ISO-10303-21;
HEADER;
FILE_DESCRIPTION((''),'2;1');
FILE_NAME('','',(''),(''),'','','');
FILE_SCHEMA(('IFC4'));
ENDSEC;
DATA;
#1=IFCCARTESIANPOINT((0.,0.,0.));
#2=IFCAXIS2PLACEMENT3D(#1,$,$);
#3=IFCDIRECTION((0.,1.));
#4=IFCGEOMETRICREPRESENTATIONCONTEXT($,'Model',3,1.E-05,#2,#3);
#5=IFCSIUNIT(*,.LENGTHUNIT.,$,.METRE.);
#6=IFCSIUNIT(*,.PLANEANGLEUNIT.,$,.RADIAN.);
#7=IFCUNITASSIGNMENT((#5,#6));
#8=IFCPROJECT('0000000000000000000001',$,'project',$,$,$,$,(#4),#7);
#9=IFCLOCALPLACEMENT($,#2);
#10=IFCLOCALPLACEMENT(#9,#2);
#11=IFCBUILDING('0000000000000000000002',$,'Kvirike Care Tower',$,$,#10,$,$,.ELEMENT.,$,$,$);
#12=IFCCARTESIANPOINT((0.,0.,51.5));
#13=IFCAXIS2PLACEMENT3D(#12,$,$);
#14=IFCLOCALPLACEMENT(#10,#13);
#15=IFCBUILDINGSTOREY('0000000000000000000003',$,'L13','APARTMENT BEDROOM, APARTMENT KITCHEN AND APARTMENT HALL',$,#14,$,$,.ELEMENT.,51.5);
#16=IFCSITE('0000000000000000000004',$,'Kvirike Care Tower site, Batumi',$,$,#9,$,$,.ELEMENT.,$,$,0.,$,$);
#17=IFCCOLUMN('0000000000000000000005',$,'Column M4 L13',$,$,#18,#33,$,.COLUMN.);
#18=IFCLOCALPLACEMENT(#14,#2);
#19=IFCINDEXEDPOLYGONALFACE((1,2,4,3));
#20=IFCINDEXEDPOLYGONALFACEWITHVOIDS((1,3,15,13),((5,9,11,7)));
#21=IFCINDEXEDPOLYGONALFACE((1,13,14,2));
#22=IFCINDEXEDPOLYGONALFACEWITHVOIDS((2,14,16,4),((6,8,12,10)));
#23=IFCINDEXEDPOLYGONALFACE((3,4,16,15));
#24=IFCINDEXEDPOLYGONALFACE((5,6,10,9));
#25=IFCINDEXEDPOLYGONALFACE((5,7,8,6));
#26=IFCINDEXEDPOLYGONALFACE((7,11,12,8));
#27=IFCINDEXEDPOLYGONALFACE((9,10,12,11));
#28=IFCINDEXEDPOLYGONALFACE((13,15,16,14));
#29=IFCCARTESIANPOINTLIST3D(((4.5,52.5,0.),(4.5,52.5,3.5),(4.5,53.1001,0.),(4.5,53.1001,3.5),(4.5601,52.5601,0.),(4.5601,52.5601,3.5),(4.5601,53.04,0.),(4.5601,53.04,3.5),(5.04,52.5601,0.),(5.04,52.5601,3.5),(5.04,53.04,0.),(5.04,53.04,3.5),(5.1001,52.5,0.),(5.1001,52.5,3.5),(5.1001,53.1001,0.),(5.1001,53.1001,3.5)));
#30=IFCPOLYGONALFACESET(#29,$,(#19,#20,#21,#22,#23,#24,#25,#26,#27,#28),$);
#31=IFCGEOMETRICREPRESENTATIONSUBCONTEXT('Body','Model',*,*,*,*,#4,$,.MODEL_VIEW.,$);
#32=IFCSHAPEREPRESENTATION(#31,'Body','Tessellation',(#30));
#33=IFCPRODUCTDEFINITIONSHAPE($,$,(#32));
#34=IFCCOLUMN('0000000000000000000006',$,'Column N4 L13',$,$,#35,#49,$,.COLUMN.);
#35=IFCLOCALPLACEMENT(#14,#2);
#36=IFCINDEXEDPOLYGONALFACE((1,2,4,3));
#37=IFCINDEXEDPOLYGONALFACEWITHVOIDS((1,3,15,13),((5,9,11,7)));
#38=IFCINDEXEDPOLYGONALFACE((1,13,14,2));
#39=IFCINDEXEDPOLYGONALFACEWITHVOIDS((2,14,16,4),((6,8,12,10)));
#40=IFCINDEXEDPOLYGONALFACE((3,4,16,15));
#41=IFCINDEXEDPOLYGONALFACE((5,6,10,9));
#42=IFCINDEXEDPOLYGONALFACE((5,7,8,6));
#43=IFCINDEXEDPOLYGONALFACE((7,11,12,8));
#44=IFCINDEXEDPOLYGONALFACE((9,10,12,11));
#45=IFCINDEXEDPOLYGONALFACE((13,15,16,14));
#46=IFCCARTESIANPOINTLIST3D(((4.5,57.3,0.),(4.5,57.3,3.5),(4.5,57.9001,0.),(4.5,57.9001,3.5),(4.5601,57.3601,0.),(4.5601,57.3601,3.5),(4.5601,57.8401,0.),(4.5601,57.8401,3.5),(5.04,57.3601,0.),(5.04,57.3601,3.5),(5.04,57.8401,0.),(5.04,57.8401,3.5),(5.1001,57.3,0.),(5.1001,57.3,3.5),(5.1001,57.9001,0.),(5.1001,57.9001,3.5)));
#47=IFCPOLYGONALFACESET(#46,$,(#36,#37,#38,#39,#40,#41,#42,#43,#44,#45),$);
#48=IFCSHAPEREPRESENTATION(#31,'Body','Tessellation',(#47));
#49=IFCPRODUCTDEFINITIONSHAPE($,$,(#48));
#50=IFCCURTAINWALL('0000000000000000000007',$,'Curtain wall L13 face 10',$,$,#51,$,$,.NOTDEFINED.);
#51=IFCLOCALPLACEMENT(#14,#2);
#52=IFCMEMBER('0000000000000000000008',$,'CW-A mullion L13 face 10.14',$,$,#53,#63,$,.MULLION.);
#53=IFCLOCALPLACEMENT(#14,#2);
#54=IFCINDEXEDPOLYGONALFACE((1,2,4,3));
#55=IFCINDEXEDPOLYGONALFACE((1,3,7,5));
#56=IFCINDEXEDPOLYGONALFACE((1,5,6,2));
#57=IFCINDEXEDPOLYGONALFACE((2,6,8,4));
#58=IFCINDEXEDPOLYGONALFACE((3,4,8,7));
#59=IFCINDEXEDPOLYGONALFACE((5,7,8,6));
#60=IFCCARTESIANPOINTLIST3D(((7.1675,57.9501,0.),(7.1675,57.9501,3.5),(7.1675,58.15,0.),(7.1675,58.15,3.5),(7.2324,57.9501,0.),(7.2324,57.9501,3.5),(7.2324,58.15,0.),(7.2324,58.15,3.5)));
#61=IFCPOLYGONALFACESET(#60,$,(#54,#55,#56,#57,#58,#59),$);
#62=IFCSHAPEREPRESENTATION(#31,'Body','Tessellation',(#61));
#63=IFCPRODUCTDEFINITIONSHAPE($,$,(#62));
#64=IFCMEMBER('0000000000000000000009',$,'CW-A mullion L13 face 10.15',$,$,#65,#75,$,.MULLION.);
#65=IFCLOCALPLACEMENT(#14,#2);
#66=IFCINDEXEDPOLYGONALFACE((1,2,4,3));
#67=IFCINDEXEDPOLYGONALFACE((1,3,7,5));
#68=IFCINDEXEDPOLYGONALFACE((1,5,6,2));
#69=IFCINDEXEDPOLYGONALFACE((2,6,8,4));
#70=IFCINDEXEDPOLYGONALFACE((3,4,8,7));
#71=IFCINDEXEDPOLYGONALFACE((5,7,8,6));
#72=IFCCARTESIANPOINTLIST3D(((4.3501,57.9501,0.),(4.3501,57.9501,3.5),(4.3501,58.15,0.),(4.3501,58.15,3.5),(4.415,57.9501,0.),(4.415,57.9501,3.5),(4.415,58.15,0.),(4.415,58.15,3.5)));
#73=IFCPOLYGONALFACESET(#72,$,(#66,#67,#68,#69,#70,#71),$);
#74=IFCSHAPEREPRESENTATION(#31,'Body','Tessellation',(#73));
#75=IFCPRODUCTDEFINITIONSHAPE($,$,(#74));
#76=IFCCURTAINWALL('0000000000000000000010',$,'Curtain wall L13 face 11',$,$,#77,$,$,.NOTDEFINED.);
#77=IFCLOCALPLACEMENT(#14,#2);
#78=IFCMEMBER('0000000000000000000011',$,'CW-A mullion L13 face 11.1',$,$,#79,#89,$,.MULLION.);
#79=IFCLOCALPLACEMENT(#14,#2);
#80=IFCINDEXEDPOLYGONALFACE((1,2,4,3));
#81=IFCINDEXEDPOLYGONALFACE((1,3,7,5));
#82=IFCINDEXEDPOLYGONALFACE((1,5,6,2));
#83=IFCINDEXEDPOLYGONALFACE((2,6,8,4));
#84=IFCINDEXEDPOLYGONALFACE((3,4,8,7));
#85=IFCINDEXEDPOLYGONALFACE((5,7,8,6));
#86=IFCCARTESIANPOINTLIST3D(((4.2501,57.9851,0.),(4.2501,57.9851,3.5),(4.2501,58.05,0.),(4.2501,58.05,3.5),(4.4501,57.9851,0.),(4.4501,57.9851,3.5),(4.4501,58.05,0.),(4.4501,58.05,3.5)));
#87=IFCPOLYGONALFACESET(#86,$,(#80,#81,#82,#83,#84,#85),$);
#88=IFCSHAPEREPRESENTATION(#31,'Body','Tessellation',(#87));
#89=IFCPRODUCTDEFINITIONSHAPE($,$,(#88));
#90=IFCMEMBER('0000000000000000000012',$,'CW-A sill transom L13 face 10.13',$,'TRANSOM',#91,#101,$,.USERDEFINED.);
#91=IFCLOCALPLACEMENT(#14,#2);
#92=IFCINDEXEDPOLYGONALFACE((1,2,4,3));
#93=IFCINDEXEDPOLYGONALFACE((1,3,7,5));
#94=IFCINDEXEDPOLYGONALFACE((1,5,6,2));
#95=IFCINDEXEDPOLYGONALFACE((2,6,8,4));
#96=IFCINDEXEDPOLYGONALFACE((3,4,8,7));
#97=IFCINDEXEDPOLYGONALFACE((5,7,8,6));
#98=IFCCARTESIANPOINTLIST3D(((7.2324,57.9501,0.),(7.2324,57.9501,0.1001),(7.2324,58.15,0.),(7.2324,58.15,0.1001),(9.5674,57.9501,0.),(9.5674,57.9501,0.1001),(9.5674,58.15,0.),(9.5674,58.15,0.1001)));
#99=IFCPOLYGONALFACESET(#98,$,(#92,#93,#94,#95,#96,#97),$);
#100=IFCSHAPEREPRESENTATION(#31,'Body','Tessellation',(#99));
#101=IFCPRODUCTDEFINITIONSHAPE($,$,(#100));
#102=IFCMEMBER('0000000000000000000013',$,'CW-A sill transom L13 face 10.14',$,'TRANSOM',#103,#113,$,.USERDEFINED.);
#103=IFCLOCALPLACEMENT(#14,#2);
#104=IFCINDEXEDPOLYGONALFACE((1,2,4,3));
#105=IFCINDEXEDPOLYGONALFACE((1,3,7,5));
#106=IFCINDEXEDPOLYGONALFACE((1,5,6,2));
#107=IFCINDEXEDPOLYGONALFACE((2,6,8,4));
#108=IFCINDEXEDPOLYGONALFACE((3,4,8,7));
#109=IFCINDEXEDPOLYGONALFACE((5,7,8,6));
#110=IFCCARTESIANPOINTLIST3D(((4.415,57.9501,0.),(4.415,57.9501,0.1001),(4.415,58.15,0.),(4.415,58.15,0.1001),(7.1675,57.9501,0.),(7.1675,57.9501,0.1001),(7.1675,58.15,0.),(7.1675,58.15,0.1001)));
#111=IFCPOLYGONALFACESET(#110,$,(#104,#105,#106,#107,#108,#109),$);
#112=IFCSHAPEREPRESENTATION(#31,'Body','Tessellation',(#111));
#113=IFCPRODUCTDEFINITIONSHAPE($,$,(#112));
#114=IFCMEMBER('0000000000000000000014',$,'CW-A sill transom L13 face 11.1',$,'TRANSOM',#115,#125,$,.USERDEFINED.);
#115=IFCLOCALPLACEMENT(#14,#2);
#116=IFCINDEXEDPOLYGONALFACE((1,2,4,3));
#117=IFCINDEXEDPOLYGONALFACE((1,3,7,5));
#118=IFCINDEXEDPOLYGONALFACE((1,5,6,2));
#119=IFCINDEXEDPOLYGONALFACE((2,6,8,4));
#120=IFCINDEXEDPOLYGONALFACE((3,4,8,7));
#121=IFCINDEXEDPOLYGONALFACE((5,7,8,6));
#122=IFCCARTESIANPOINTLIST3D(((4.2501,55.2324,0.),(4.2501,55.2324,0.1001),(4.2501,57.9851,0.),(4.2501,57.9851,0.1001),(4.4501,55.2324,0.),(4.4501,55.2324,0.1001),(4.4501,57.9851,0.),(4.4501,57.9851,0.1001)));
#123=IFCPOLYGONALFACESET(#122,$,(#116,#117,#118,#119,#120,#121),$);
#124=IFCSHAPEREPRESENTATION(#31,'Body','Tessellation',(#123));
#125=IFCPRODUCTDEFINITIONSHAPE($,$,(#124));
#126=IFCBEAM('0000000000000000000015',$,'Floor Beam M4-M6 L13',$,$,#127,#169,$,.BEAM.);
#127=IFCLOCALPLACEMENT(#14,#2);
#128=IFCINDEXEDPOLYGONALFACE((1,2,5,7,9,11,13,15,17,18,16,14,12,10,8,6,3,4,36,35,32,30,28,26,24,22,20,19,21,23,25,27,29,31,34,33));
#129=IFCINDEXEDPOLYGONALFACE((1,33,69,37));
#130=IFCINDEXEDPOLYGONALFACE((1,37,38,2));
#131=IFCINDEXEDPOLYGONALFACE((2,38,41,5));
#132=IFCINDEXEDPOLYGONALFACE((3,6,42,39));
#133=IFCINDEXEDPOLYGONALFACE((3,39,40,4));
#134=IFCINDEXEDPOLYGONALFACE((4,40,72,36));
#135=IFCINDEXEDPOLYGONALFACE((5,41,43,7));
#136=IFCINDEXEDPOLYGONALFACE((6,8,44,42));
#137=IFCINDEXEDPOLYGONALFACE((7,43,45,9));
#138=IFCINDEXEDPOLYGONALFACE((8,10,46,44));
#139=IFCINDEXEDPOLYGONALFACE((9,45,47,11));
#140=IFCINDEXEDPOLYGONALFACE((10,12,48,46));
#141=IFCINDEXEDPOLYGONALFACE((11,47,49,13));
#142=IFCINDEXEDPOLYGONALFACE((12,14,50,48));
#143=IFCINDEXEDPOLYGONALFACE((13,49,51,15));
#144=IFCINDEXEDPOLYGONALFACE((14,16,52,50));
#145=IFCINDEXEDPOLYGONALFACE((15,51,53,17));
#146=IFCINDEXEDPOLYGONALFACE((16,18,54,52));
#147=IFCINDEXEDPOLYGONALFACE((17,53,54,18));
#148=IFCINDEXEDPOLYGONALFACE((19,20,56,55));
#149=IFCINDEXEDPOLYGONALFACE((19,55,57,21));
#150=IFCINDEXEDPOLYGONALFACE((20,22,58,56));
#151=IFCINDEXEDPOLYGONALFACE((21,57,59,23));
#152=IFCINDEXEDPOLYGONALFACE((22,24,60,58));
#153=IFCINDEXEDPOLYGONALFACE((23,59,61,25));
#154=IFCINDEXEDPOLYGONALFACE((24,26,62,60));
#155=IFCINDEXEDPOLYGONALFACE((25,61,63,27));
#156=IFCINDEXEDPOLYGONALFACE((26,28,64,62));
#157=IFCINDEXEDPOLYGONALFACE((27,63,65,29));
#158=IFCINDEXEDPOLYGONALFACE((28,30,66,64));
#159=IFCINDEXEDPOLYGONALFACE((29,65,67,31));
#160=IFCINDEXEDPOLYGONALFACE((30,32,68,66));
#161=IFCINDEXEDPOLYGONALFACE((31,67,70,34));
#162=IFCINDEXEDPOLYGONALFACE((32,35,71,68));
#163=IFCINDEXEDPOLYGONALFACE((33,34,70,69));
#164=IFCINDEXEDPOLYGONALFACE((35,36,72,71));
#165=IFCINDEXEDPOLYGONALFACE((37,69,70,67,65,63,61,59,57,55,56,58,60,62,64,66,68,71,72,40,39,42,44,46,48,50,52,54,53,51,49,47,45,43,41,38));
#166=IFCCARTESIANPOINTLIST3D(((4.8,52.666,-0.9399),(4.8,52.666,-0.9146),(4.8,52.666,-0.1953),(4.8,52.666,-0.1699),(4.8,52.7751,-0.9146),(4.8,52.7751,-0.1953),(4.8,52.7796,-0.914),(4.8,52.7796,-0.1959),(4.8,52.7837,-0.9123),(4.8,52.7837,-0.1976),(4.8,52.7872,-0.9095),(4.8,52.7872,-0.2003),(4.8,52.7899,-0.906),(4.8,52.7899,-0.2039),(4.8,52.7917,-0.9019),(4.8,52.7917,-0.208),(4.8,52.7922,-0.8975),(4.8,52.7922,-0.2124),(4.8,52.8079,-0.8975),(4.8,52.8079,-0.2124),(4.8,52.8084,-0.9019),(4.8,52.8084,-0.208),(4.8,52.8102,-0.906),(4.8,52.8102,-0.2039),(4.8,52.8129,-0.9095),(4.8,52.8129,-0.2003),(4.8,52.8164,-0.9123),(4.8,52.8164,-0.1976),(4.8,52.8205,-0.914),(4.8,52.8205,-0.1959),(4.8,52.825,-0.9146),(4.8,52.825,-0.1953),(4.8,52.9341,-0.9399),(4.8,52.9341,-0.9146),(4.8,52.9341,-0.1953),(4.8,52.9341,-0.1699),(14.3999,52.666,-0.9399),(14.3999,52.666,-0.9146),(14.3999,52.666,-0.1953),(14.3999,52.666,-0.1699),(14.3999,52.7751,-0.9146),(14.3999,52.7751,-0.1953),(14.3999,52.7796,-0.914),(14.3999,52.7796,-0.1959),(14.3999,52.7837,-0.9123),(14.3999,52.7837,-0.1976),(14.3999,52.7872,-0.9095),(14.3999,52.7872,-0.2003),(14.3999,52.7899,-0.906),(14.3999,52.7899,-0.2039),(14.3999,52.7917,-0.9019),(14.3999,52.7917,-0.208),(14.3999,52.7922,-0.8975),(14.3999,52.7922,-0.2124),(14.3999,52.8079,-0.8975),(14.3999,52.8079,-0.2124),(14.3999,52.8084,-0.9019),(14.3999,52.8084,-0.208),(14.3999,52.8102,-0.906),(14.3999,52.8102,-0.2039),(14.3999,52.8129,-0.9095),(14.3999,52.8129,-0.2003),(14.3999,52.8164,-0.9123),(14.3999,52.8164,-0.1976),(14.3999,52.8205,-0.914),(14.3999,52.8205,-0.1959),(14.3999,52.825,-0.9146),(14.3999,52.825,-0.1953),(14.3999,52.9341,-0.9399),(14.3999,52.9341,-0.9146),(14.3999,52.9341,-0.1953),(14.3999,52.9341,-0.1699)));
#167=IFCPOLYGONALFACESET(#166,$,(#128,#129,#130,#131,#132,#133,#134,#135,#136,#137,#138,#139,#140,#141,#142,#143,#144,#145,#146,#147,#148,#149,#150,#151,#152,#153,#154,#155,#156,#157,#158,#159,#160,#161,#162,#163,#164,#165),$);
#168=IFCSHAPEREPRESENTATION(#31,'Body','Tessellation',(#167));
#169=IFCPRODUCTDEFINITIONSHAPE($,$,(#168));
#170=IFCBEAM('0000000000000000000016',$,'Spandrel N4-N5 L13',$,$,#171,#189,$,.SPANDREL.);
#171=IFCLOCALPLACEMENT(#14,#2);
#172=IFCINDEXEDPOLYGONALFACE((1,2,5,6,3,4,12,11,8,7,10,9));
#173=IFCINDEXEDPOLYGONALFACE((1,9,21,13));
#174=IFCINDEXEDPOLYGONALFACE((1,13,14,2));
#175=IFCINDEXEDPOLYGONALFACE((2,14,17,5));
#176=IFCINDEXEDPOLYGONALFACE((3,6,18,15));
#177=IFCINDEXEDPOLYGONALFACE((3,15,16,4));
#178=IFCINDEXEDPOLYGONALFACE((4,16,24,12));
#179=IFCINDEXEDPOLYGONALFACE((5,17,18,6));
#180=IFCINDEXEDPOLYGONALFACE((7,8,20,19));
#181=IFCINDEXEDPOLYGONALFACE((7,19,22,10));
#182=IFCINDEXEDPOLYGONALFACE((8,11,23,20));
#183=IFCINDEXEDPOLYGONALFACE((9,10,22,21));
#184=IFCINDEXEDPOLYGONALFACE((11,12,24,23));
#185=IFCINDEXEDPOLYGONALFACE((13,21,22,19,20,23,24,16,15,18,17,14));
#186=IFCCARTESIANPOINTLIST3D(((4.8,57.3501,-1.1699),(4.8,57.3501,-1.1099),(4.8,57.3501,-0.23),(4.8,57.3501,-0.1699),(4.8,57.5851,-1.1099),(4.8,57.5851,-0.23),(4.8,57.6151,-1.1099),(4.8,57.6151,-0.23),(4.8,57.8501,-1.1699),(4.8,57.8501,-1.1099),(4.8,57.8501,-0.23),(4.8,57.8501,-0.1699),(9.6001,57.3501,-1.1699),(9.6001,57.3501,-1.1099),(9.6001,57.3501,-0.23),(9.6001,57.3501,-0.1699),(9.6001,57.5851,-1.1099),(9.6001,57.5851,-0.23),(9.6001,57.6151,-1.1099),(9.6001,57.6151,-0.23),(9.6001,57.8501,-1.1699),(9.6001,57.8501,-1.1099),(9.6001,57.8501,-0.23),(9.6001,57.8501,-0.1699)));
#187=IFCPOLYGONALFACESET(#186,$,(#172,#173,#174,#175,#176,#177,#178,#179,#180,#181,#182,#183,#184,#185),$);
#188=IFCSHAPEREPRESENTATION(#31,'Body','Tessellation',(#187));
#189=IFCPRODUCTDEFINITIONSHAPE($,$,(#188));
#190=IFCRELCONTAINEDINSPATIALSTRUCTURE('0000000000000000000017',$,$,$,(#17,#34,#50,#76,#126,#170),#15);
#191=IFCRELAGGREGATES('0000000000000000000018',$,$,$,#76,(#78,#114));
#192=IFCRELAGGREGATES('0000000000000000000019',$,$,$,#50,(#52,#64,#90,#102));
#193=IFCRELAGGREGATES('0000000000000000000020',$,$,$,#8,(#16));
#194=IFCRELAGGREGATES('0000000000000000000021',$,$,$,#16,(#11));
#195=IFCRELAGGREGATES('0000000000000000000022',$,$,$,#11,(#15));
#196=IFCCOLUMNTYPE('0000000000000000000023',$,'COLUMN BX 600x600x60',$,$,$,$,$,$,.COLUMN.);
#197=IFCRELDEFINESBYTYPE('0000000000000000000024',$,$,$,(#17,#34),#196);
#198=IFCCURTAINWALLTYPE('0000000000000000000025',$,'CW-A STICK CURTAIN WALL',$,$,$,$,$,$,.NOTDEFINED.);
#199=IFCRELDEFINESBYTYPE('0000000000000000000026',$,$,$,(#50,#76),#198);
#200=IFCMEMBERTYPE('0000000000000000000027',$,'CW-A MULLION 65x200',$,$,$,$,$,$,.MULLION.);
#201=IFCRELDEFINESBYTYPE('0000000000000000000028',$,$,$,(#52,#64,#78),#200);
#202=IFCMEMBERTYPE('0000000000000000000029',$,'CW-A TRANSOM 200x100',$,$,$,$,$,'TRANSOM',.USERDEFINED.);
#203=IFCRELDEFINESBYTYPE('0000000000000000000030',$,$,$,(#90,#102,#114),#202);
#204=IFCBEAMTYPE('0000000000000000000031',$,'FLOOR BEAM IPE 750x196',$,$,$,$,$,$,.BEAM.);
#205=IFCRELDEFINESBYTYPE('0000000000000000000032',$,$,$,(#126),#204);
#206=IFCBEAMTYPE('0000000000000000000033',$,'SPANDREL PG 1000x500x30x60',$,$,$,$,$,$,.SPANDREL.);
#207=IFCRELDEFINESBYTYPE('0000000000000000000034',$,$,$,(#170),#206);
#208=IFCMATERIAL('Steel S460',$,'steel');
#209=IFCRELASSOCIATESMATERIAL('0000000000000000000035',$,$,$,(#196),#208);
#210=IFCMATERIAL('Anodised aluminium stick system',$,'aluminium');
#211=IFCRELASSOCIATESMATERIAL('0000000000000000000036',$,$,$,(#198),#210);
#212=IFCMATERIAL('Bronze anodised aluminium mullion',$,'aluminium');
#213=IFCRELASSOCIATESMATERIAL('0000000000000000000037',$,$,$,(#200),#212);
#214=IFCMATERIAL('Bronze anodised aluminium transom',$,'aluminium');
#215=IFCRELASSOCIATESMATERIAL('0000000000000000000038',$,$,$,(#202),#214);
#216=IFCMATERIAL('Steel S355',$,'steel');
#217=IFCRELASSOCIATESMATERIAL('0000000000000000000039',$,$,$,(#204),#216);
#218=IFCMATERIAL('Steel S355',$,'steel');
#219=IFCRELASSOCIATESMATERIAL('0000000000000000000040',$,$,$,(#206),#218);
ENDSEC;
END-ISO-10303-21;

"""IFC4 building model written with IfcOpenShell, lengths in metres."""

from ifc_helpers import new_model, si_unit, direction, frame, origin, origin_2d, place, context, subcontext, project, spatial, rectangle, hollow_rectangle, i_section, extrude, material, material_profile, profile_set, type_object, element, aggregate, save


model = new_model("IFC4")

# Units and contexts
model_context = context("Model", 3, precision=1e-05, world=origin(), true_north=direction((0.0, 1.0)))
body_context = subcontext(model_context, "Body", "Model", "MODEL_VIEW")
ifc_project = project(units=[si_unit("LENGTHUNIT", "METRE"), si_unit("PLANEANGLEUNIT", "RADIAN")], contexts=[model_context])

# Site, building, storey
site_placement = place(None, origin())
site = spatial("IfcSite", under=ifc_project, at=site_placement, Name="Kvirike Care Tower site, Batumi", CompositionType="ELEMENT", RefElevation=0.0)
building_placement = place(site_placement, origin())
building = spatial("IfcBuilding", under=site, at=building_placement, Name="Kvirike Care Tower", CompositionType="ELEMENT")
storey_placement = place(building_placement, frame((0.0, 0.0, 51.5)))
storey = spatial("IfcBuildingStorey", under=building, at=storey_placement, Name="L13", Description="APARTMENT BEDROOM, APARTMENT KITCHEN AND APARTMENT HALL", CompositionType="ELEMENT", Elevation=51.5)

# Columns
ifc_material_1 = material(Name="Steel S460", Category="steel")
ifc_material_profile_1 = material_profile(ifc_material_1, hollow_rectangle(XDim=0.6001, YDim=0.6001, WallThickness=0.0601, at=origin_2d()), Name="BX 600x600x60")
ifc_profile_set_1 = profile_set([ifc_material_profile_1], Name="Steel S460")
column_type = type_object("IfcColumnType", Name="COLUMN BX 600x600x60", PredefinedType="COLUMN", material=ifc_profile_set_1)
for number, where, z_axis, x_axis, name in (
    (1, (4.8, 52.8, 0.0), (0.0, 0.0, 1.0), (0.0, 1.0, 0.0), "Column M4 L13"),
    (2, (4.8, 57.6001, 0.0), (0.0, 0.0, 1.0), (0.0, 1.0, 0.0), "Column N4 L13"),
):
    element("IfcColumn", number, at=place(storey_placement, frame(where, z_axis=z_axis, x_axis=x_axis)), inside=storey, type_object=column_type, Name=name, PredefinedType="COLUMN", context=body_context, shape_type="SweptSolid", body=[
        extrude(hollow_rectangle(XDim=0.6001, YDim=0.6001, WallThickness=0.0601, at=origin_2d()), origin(), (0.0, 0.0, 1.0), 3.5),
    ])

# Curtain wall, members
ifc_material_2 = material(Name="Anodised aluminium stick system", Category="aluminium")
curtain_wall_type = type_object("IfcCurtainWallType", Name="CW-A STICK CURTAIN WALL", PredefinedType="NOTDEFINED", material=ifc_material_2)
curtain_wall_1_placement = place(storey_placement, origin())
curtain_wall_1 = element("IfcCurtainWall", 3, at=curtain_wall_1_placement, inside=storey, type_object=curtain_wall_type, Name="Curtain wall L13 face 10", PredefinedType="NOTDEFINED")
ifc_material_3 = material(Name="Bronze anodised aluminium mullion", Category="aluminium")
ifc_material_profile_2 = material_profile(ifc_material_3, rectangle(XDim=0.0649, YDim=0.2, at=origin_2d()), Name="CW-A MULLION 65x200")
ifc_profile_set_2 = profile_set([ifc_material_profile_2], Name="Bronze anodised aluminium mullion")
member_type_1 = type_object("IfcMemberType", Name="CW-A MULLION 65x200", PredefinedType="MULLION", material=ifc_profile_set_2)
member_1_placement = place(storey_placement, frame((7.2, 58.05, 0.0), z_axis=(0.0, 0.0, 1.0), x_axis=(-1.0, 0.0, 0.0)))
member_1 = element("IfcMember", 4, at=member_1_placement, type_object=member_type_1, Name="CW-A mullion L13 face 10.14", PredefinedType="MULLION", context=body_context, shape_type="SweptSolid", body=[
    extrude(rectangle(XDim=0.0649, YDim=0.2, at=origin_2d()), origin(), (0.0, 0.0, 1.0), 3.5),
])
member_2_placement = place(storey_placement, frame((4.3826, 58.05, 0.0), z_axis=(0.0, 0.0, 1.0), x_axis=(-1.0, 0.0, 0.0)))
member_2 = element("IfcMember", 5, at=member_2_placement, type_object=member_type_1, Name="CW-A mullion L13 face 10.15", PredefinedType="MULLION", context=body_context, shape_type="SweptSolid", body=[
    extrude(rectangle(XDim=0.0649, YDim=0.2, at=origin_2d()), origin(), (0.0, 0.0, 1.0), 3.5),
])

# Curtain wall, member
curtain_wall_2_placement = place(storey_placement, origin())
curtain_wall_2 = element("IfcCurtainWall", 6, at=curtain_wall_2_placement, inside=storey, type_object=curtain_wall_type, Name="Curtain wall L13 face 11", PredefinedType="NOTDEFINED")
member_3_placement = place(storey_placement, frame((4.3501, 58.0176, 0.0), z_axis=(0.0, 0.0, 1.0), x_axis=(0.0, -1.0, 0.0)))
member_3 = element("IfcMember", 7, at=member_3_placement, type_object=member_type_1, Name="CW-A mullion L13 face 11.1", PredefinedType="MULLION", context=body_context, shape_type="SweptSolid", body=[
    extrude(rectangle(XDim=0.0649, YDim=0.2, at=origin_2d()), origin(), (0.0, 0.0, 1.0), 3.5),
])

# Members
ifc_material_4 = material(Name="Bronze anodised aluminium transom", Category="aluminium")
ifc_material_profile_3 = material_profile(ifc_material_4, rectangle(XDim=0.2, YDim=0.1001, at=origin_2d()), Name="CW-A TRANSOM 200x100")
ifc_profile_set_3 = profile_set([ifc_material_profile_3], Name="Bronze anodised aluminium transom")
member_type_2 = type_object("IfcMemberType", Name="CW-A TRANSOM 200x100", ElementType="TRANSOM", PredefinedType="USERDEFINED", material=ifc_profile_set_3)
member_4_placement = place(storey_placement, frame((9.5674, 58.05, 0.05), z_axis=(-1.0, 0.0, 0.0), x_axis=(0.0, -1.0, 0.0)))
member_4 = element("IfcMember", 8, at=member_4_placement, type_object=member_type_2, Name="CW-A sill transom L13 face 10.13", ObjectType="TRANSOM", PredefinedType="USERDEFINED", context=body_context, shape_type="SweptSolid", body=[
    extrude(rectangle(XDim=0.2, YDim=0.1001, at=origin_2d()), origin(), (0.0, 0.0, 1.0), 2.335),
])
member_5_placement = place(storey_placement, frame((7.1675, 58.05, 0.05), z_axis=(-1.0, 0.0, 0.0), x_axis=(0.0, -1.0, 0.0)))
member_5 = element("IfcMember", 9, at=member_5_placement, type_object=member_type_2, Name="CW-A sill transom L13 face 10.14", ObjectType="TRANSOM", PredefinedType="USERDEFINED", context=body_context, shape_type="SweptSolid", body=[
    extrude(rectangle(XDim=0.2, YDim=0.1001, at=origin_2d()), origin(), (0.0, 0.0, 1.0), 2.7524),
])
member_6_placement = place(storey_placement, frame((4.3501, 57.9851, 0.05), z_axis=(0.0, -1.0, 0.0), x_axis=(1.0, 0.0, 0.0)))
member_6 = element("IfcMember", 10, at=member_6_placement, type_object=member_type_2, Name="CW-A sill transom L13 face 11.1", ObjectType="TRANSOM", PredefinedType="USERDEFINED", context=body_context, shape_type="SweptSolid", body=[
    extrude(rectangle(XDim=0.2, YDim=0.1001, at=origin_2d()), origin(), (0.0, 0.0, 1.0), 2.7527),
])
aggregate(curtain_wall_2, [member_3, member_6])

# Beams
ifc_material_5 = material(Name="Steel S355", Category="steel")
ifc_material_profile_4 = material_profile(ifc_material_5, i_section(OverallWidth=0.2681, OverallDepth=0.77, WebThickness=0.0156, FlangeThickness=0.0254, FilletRadius=0.0171, at=origin_2d()), Name="IPE 750x196")
ifc_profile_set_4 = profile_set([ifc_material_profile_4], Name="Steel S355")
beam_type_1 = type_object("IfcBeamType", Name="FLOOR BEAM IPE 750x196", PredefinedType="BEAM", material=ifc_profile_set_4)
beam_placement = place(storey_placement, frame((4.8, 52.8, -0.5549), z_axis=(1.0, 0.0, 0.0), x_axis=(0.0, 1.0, 0.0)))
element("IfcBeam", 11, at=beam_placement, inside=storey, type_object=beam_type_1, Name="Floor Beam M4-M6 L13", PredefinedType="BEAM", context=body_context, shape_type="SweptSolid", body=[
    extrude(i_section(OverallWidth=0.2681, OverallDepth=0.77, WebThickness=0.0156, FlangeThickness=0.0254, FilletRadius=0.0171, at=origin_2d()), origin(), (0.0, 0.0, 1.0), 9.5999),
])
ifc_material_6 = material(Name="Steel S355", Category="steel")
ifc_material_profile_5 = material_profile(ifc_material_6, i_section(OverallWidth=0.5, OverallDepth=1.0, WebThickness=0.03, FlangeThickness=0.0601, at=origin_2d()), Name="PG 1000x500x30x60")
ifc_profile_set_5 = profile_set([ifc_material_profile_5], Name="Steel S355")
beam_type_2 = type_object("IfcBeamType", Name="SPANDREL PG 1000x500x30x60", PredefinedType="SPANDREL", material=ifc_profile_set_5)
for number, where, z_axis, x_axis, name in (
    (12, (4.8, 57.6001, -0.6699), (1.0, 0.0, 0.0), (0.0, 1.0, 0.0), "Spandrel N4-N5 L13"),
):
    element("IfcBeam", number, at=place(storey_placement, frame(where, z_axis=z_axis, x_axis=x_axis)), inside=storey, type_object=beam_type_2, Name=name, PredefinedType="SPANDREL", context=body_context, shape_type="SweptSolid", body=[
        extrude(i_section(OverallWidth=0.5, OverallDepth=1.0, WebThickness=0.03, FlangeThickness=0.0601, at=origin_2d()), origin(), (0.0, 0.0, 1.0), 4.8),
    ])

aggregate(curtain_wall_1, [member_1, member_2, member_4, member_5])

save(model, "model.ifc")
